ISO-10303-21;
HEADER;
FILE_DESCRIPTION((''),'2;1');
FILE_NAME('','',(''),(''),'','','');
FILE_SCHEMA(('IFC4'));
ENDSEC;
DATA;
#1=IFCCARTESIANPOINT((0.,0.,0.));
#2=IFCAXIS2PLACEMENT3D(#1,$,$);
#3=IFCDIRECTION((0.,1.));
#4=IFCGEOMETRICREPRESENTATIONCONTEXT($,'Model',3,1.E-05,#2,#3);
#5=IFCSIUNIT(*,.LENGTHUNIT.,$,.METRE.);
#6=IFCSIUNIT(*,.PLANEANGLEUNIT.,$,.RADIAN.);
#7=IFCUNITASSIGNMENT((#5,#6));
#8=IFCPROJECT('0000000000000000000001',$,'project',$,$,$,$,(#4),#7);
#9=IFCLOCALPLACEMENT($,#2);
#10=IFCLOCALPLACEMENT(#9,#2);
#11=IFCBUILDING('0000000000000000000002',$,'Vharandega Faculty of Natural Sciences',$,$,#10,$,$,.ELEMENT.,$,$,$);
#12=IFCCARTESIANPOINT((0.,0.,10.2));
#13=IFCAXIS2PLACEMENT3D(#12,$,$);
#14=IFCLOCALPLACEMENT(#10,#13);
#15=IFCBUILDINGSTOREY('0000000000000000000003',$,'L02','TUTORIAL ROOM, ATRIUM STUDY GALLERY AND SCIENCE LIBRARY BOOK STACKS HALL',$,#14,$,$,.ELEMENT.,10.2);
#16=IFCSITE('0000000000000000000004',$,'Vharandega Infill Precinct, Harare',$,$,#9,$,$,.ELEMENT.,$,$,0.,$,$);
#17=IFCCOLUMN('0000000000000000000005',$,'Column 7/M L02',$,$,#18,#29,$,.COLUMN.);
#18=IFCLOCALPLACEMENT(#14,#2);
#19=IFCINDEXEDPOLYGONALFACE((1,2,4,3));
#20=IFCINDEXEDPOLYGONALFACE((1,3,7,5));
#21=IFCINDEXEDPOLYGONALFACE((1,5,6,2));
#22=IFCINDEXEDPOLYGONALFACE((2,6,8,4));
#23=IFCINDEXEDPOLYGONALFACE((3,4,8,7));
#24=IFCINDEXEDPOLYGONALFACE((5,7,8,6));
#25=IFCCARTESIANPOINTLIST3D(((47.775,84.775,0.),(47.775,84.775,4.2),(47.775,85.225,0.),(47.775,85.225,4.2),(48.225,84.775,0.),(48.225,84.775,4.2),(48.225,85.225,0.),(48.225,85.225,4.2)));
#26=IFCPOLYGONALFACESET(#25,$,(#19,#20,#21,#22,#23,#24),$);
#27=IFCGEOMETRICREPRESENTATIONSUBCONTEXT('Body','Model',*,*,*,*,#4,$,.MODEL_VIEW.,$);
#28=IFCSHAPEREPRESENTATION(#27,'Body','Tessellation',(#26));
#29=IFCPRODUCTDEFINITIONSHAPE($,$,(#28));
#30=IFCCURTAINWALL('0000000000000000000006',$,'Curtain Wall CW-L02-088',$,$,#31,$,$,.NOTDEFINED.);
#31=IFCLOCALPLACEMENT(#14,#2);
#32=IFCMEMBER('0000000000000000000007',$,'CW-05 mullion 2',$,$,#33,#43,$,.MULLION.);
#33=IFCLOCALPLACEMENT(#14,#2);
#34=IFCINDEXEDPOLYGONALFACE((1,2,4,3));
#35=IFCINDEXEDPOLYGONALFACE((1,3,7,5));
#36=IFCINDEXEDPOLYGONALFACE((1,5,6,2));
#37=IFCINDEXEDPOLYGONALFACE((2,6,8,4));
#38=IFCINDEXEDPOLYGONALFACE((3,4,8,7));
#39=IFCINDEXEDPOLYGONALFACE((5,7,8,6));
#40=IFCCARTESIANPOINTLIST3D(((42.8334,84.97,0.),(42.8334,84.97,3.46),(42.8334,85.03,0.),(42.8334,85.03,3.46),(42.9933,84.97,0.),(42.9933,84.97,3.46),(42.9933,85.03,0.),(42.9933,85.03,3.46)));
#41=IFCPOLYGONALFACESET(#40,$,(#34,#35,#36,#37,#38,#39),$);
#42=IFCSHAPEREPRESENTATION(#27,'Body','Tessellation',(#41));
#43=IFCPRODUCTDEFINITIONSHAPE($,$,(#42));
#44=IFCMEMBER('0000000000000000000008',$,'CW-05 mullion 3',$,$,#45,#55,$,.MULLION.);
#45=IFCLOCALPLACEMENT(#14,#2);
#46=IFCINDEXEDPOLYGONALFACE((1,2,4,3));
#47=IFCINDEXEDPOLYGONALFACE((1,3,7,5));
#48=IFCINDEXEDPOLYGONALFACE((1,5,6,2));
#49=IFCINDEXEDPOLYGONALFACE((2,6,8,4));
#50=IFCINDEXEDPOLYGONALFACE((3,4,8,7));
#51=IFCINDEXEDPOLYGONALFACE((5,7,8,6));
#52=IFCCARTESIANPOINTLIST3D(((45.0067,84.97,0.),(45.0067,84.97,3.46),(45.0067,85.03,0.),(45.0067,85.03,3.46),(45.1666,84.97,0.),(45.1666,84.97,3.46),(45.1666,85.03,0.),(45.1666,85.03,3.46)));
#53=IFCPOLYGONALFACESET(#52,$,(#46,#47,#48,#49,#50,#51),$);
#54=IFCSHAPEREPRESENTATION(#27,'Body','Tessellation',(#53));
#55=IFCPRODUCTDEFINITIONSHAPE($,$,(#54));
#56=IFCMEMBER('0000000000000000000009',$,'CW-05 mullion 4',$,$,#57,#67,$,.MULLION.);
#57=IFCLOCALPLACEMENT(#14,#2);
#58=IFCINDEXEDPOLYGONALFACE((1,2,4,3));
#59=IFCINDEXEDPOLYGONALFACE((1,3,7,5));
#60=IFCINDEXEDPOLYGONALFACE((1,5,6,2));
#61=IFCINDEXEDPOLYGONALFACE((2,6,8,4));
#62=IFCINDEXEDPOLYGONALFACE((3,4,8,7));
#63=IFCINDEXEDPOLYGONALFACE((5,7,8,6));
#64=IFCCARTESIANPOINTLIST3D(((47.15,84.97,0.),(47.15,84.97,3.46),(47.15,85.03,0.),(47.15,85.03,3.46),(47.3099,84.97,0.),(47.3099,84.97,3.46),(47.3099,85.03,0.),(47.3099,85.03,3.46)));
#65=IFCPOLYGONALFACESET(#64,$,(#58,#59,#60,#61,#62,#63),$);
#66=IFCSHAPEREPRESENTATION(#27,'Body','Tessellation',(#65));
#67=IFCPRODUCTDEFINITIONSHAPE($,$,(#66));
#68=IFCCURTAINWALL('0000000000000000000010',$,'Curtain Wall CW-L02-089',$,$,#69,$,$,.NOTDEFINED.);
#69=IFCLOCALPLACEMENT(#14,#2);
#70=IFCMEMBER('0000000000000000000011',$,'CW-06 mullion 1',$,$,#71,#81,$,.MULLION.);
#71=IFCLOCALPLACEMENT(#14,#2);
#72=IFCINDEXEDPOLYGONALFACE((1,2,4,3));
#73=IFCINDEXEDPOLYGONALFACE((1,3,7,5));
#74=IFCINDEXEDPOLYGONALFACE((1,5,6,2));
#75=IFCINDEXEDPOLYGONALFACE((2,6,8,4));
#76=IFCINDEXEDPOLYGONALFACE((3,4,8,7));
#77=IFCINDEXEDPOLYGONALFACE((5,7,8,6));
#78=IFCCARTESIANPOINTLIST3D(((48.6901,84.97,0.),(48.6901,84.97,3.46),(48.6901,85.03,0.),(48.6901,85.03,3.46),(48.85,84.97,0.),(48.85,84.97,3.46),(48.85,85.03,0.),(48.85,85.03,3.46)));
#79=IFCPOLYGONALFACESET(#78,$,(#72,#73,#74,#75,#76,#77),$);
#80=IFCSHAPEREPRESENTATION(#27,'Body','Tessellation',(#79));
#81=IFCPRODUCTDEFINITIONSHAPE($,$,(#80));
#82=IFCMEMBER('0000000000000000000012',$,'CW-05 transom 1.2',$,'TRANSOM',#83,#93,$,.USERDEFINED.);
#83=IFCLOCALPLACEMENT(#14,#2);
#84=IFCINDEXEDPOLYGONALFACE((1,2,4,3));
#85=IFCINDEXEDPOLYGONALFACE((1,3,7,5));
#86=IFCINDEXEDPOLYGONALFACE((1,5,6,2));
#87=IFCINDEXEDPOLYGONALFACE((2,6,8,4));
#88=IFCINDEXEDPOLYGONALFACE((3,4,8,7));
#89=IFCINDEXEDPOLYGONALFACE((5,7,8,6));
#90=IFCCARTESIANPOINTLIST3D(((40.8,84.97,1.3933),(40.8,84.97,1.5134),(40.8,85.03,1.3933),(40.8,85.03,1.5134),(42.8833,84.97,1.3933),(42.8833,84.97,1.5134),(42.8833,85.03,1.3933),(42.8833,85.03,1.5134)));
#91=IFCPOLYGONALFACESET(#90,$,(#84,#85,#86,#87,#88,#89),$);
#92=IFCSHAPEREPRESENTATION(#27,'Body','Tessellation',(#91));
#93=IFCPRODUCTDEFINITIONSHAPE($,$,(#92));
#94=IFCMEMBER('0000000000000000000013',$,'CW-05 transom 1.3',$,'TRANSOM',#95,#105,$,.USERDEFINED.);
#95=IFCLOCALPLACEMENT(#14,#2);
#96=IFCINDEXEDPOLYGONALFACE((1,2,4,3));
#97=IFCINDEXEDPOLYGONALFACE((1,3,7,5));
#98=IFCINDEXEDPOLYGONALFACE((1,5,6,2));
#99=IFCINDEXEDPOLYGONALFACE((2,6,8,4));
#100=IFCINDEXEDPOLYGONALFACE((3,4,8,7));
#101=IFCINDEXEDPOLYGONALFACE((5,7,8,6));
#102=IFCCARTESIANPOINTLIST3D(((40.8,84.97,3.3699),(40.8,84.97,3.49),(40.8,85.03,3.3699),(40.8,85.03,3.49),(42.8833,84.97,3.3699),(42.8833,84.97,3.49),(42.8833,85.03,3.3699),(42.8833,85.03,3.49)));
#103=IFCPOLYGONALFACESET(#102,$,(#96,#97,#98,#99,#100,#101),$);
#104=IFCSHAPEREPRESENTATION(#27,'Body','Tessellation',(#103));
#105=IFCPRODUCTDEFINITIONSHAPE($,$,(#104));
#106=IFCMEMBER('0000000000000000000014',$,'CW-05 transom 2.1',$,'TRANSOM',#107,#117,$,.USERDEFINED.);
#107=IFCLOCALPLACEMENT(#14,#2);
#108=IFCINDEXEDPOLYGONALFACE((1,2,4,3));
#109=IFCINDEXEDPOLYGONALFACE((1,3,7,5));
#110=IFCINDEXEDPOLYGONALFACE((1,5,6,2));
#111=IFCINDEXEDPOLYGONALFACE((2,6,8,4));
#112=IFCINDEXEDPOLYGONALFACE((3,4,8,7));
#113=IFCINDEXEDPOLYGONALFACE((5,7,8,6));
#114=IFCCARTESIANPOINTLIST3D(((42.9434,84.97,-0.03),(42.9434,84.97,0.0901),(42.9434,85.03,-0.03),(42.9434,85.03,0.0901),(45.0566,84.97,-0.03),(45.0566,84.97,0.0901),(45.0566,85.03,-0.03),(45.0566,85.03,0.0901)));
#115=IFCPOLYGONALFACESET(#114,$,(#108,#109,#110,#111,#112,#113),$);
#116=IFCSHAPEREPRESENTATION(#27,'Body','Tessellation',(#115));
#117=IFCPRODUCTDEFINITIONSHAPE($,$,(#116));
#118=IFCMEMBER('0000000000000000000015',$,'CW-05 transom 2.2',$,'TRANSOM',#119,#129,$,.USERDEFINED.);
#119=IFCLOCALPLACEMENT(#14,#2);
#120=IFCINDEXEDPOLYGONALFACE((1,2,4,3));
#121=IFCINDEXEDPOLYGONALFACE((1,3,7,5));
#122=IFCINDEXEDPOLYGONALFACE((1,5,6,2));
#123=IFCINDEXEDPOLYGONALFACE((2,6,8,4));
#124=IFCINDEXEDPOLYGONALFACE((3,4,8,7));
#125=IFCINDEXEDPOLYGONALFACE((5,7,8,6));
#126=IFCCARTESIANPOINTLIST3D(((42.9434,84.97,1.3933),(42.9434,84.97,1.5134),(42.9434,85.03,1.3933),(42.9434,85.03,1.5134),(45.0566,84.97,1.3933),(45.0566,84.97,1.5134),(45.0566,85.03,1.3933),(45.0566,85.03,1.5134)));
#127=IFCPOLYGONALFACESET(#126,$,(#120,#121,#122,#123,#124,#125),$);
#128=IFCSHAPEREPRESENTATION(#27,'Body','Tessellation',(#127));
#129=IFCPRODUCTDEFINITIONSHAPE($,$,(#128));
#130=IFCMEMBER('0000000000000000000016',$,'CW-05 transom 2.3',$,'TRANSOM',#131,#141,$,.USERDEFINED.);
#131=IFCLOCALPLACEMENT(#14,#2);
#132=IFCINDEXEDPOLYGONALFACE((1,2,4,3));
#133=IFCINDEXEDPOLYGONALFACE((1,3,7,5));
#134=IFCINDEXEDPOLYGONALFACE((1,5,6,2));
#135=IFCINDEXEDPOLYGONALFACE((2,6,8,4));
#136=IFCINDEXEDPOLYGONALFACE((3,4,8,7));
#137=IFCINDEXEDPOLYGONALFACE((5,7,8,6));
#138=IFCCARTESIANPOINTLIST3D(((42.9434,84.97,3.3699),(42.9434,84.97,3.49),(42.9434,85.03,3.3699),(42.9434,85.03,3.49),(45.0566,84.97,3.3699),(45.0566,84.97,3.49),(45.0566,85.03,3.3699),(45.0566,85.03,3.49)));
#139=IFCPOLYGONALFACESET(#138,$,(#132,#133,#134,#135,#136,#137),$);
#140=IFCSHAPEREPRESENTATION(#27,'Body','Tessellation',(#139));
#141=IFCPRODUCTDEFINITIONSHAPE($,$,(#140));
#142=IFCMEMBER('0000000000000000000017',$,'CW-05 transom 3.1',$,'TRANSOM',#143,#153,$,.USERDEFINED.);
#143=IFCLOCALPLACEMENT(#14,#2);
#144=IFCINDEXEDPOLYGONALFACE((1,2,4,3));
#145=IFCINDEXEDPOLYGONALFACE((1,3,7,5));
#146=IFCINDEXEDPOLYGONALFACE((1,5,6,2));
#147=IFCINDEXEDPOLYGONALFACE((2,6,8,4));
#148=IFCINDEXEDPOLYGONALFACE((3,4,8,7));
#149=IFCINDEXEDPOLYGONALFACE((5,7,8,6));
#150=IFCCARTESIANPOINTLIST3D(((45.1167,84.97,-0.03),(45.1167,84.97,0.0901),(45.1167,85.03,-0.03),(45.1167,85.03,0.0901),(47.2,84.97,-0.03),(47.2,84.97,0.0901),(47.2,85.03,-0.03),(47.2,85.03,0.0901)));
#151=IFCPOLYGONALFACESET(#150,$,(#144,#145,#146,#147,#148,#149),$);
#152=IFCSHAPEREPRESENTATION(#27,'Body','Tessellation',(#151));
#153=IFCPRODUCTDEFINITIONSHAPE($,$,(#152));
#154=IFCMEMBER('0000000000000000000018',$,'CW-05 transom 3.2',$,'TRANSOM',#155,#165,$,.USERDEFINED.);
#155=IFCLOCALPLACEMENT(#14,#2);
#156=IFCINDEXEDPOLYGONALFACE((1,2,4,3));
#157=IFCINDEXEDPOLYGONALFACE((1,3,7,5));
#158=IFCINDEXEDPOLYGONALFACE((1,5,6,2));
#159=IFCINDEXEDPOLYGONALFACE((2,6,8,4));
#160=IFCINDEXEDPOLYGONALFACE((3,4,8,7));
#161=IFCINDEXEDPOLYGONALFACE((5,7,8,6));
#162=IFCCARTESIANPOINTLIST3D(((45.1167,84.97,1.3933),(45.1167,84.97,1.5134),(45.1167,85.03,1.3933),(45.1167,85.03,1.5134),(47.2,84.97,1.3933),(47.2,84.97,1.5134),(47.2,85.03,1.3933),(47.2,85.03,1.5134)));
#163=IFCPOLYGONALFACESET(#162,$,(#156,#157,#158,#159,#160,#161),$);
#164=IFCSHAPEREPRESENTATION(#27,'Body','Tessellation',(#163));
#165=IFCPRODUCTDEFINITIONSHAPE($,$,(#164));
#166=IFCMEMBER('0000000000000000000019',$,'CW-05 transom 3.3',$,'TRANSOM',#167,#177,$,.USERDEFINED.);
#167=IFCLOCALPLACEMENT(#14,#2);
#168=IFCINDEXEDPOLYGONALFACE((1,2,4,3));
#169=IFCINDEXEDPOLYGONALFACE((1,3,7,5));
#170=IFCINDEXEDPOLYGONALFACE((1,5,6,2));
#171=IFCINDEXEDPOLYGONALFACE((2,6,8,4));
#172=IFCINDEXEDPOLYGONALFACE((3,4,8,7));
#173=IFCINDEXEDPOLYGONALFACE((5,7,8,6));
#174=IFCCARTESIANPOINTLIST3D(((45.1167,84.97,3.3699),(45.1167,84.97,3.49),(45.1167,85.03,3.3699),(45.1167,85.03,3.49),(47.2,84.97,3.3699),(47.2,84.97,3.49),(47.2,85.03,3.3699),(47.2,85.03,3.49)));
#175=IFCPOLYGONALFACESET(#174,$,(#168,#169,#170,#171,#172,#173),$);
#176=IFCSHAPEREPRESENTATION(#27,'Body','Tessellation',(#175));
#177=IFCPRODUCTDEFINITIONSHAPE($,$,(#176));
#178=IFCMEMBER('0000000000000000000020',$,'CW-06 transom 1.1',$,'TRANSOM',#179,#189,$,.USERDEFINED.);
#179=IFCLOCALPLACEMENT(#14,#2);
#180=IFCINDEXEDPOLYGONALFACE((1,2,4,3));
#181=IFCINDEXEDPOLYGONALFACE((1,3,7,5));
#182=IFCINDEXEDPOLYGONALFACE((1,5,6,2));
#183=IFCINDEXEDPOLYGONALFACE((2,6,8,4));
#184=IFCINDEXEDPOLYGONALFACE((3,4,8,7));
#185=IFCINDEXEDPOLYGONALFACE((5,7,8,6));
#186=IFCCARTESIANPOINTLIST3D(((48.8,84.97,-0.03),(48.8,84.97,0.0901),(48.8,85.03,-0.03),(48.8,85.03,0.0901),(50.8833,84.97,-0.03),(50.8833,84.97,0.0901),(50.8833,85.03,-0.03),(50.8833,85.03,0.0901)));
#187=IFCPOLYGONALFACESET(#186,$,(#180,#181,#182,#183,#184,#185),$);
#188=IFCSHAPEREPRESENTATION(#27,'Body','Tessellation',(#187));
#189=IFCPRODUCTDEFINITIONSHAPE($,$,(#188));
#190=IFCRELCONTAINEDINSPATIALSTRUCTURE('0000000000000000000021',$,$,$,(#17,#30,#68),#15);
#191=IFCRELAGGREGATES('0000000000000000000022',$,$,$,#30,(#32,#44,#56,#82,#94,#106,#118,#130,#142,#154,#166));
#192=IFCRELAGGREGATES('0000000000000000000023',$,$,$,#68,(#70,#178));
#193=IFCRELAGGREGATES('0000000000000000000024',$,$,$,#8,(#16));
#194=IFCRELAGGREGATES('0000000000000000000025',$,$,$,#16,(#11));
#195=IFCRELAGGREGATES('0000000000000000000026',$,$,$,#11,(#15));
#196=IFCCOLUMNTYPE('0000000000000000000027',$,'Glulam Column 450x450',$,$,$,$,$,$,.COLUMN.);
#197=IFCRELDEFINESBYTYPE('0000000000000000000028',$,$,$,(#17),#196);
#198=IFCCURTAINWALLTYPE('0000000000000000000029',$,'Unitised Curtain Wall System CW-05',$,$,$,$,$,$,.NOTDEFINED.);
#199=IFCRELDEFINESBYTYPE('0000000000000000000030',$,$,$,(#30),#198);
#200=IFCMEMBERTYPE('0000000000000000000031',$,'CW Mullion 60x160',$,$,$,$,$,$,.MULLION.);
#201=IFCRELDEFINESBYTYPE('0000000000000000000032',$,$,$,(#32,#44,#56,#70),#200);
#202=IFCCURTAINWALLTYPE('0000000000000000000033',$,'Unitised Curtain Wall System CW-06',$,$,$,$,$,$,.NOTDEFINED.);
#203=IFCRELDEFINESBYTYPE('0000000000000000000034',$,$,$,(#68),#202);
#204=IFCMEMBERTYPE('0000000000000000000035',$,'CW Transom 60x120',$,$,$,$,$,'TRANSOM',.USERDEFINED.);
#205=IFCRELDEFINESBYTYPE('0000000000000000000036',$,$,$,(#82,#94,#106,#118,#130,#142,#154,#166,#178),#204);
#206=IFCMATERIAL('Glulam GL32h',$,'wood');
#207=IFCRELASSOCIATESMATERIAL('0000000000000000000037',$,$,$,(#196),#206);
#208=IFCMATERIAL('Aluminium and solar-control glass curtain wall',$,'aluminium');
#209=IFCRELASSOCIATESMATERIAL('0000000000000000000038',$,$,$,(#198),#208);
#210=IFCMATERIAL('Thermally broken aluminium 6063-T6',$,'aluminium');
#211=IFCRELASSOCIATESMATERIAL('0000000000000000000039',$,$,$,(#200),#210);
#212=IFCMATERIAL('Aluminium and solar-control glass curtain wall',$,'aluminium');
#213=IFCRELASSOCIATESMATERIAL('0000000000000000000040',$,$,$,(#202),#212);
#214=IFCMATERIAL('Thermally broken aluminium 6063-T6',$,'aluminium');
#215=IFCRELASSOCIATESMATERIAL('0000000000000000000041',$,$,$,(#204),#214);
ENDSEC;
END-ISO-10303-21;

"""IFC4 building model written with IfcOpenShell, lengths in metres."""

from ifc_helpers import new_model, si_unit, direction, frame, origin, origin_2d, place, context, subcontext, project, spatial, rectangle, extrude, material, material_profile, profile_set, type_object, element, aggregate, save


model = new_model("IFC4")

# Units and contexts
model_context = context("Model", 3, precision=1e-05, world=origin(), true_north=direction((0.0, 1.0)))
body_context = subcontext(model_context, "Body", "Model", "MODEL_VIEW")
ifc_project = project(units=[si_unit("LENGTHUNIT", "METRE"), si_unit("PLANEANGLEUNIT", "RADIAN")], contexts=[model_context])

# Site, building, storey
site_placement = place(None, origin())
site = spatial("IfcSite", under=ifc_project, at=site_placement, Name="Vharandega Infill Precinct, Harare", CompositionType="ELEMENT", RefElevation=0.0)
building_placement = place(site_placement, origin())
building = spatial("IfcBuilding", under=site, at=building_placement, Name="Vharandega Faculty of Natural Sciences", CompositionType="ELEMENT")
storey_placement = place(building_placement, frame((0.0, 0.0, 10.2)))
storey = spatial("IfcBuildingStorey", under=building, at=storey_placement, Name="L02", Description="TUTORIAL ROOM, ATRIUM STUDY GALLERY AND SCIENCE LIBRARY BOOK STACKS HALL", CompositionType="ELEMENT", Elevation=10.2)

# Column
ifc_material_1 = material(Name="Glulam GL32h", Category="wood")
ifc_material_profile_1 = material_profile(ifc_material_1, rectangle(XDim=0.45, YDim=0.45, at=origin_2d()), Name="GL32h 450x450")
ifc_profile_set_1 = profile_set([ifc_material_profile_1], Name="Glulam GL32h")
column_type = type_object("IfcColumnType", Name="Glulam Column 450x450", PredefinedType="COLUMN", material=ifc_profile_set_1)
column_placement = place(storey_placement, frame((48.0, 85.0, 0.0), z_axis=(0.0, 0.0, 1.0), x_axis=(1.0, 0.0, 0.0)))
element("IfcColumn", 1, at=column_placement, inside=storey, type_object=column_type, Name="Column 7/M L02", PredefinedType="COLUMN", context=body_context, shape_type="SweptSolid", body=[
    extrude(rectangle(XDim=0.45, YDim=0.45, at=origin_2d()), origin(), (0.0, 0.0, 1.0), 4.2),
])

# Curtain wall, members
ifc_material_2 = material(Name="Aluminium and solar-control glass curtain wall", Category="aluminium")
curtain_wall_type_1 = type_object("IfcCurtainWallType", Name="Unitised Curtain Wall System CW-05", PredefinedType="NOTDEFINED", material=ifc_material_2)
curtain_wall_1_placement = place(storey_placement, origin())
curtain_wall_1 = element("IfcCurtainWall", 2, at=curtain_wall_1_placement, inside=storey, type_object=curtain_wall_type_1, Name="Curtain Wall CW-L02-088", PredefinedType="NOTDEFINED")
ifc_material_3 = material(Name="Thermally broken aluminium 6063-T6", Category="aluminium")
ifc_material_profile_2 = material_profile(ifc_material_3, rectangle(XDim=0.0601, YDim=0.1599, at=origin_2d()), Name="ALU 60x160")
ifc_profile_set_2 = profile_set([ifc_material_profile_2], Name="Thermally broken aluminium 6063-T6")
member_type_1 = type_object("IfcMemberType", Name="CW Mullion 60x160", PredefinedType="MULLION", material=ifc_profile_set_2)
member_1_placement = place(storey_placement, frame((42.9133, 85.0, 0.0), z_axis=(0.0, 0.0, 1.0), x_axis=(0.0, 1.0, 0.0)))
member_1 = element("IfcMember", 3, at=member_1_placement, type_object=member_type_1, Name="CW-05 mullion 2", PredefinedType="MULLION", context=body_context, shape_type="SweptSolid", body=[
    extrude(rectangle(XDim=0.0601, YDim=0.1599, at=origin_2d()), origin(), (0.0, 0.0, 1.0), 3.46),
])
member_2_placement = place(storey_placement, frame((45.0867, 85.0, 0.0), z_axis=(0.0, 0.0, 1.0), x_axis=(0.0, 1.0, 0.0)))
member_2 = element("IfcMember", 4, at=member_2_placement, type_object=member_type_1, Name="CW-05 mullion 3", PredefinedType="MULLION", context=body_context, shape_type="SweptSolid", body=[
    extrude(rectangle(XDim=0.0601, YDim=0.1599, at=origin_2d()), origin(), (0.0, 0.0, 1.0), 3.46),
])
member_3_placement = place(storey_placement, frame((47.23, 85.0, 0.0), z_axis=(0.0, 0.0, 1.0), x_axis=(0.0, 1.0, 0.0)))
member_3 = element("IfcMember", 5, at=member_3_placement, type_object=member_type_1, Name="CW-05 mullion 4", PredefinedType="MULLION", context=body_context, shape_type="SweptSolid", body=[
    extrude(rectangle(XDim=0.0601, YDim=0.1599, at=origin_2d()), origin(), (0.0, 0.0, 1.0), 3.46),
])

# Curtain wall, member
ifc_material_4 = material(Name="Aluminium and solar-control glass curtain wall", Category="aluminium")
curtain_wall_type_2 = type_object("IfcCurtainWallType", Name="Unitised Curtain Wall System CW-06", PredefinedType="NOTDEFINED", material=ifc_material_4)
curtain_wall_2_placement = place(storey_placement, origin())
curtain_wall_2 = element("IfcCurtainWall", 6, at=curtain_wall_2_placement, inside=storey, type_object=curtain_wall_type_2, Name="Curtain Wall CW-L02-089", PredefinedType="NOTDEFINED")
member_4_placement = place(storey_placement, frame((48.77, 85.0, 0.0), z_axis=(0.0, 0.0, 1.0), x_axis=(0.0, 1.0, 0.0)))
member_4 = element("IfcMember", 7, at=member_4_placement, type_object=member_type_1, Name="CW-06 mullion 1", PredefinedType="MULLION", context=body_context, shape_type="SweptSolid", body=[
    extrude(rectangle(XDim=0.0601, YDim=0.1599, at=origin_2d()), origin(), (0.0, 0.0, 1.0), 3.46),
])

# Members
ifc_material_5 = material(Name="Thermally broken aluminium 6063-T6", Category="aluminium")
ifc_material_profile_3 = material_profile(ifc_material_5, rectangle(XDim=0.0601, YDim=0.1201, at=origin_2d()), Name="ALU 60x120")
ifc_profile_set_3 = profile_set([ifc_material_profile_3], Name="Thermally broken aluminium 6063-T6")
member_type_2 = type_object("IfcMemberType", Name="CW Transom 60x120", ElementType="TRANSOM", PredefinedType="USERDEFINED", material=ifc_profile_set_3)
member_5_placement = place(storey_placement, frame((40.8, 85.0, 1.4534), z_axis=(1.0, 0.0, 0.0), x_axis=(0.0, 1.0, 0.0)))
member_5 = element("IfcMember", 8, at=member_5_placement, type_object=member_type_2, Name="CW-05 transom 1.2", ObjectType="TRANSOM", PredefinedType="USERDEFINED", context=body_context, shape_type="SweptSolid", body=[
    extrude(rectangle(XDim=0.0601, YDim=0.1201, at=origin_2d()), origin(), (0.0, 0.0, 1.0), 2.0833),
])
member_6_placement = place(storey_placement, frame((40.8, 85.0, 3.4299), z_axis=(1.0, 0.0, 0.0), x_axis=(0.0, 1.0, 0.0)))
member_6 = element("IfcMember", 9, at=member_6_placement, type_object=member_type_2, Name="CW-05 transom 1.3", ObjectType="TRANSOM", PredefinedType="USERDEFINED", context=body_context, shape_type="SweptSolid", body=[
    extrude(rectangle(XDim=0.0601, YDim=0.1201, at=origin_2d()), origin(), (0.0, 0.0, 1.0), 2.0833),
])
member_7_placement = place(storey_placement, frame((42.9434, 85.0, 0.03), z_axis=(1.0, 0.0, 0.0), x_axis=(0.0, 1.0, 0.0)))
member_7 = element("IfcMember", 10, at=member_7_placement, type_object=member_type_2, Name="CW-05 transom 2.1", ObjectType="TRANSOM", PredefinedType="USERDEFINED", context=body_context, shape_type="SweptSolid", body=[
    extrude(rectangle(XDim=0.0601, YDim=0.1201, at=origin_2d()), origin(), (0.0, 0.0, 1.0), 2.1133),
])
member_8_placement = place(storey_placement, frame((42.9434, 85.0, 1.4534), z_axis=(1.0, 0.0, 0.0), x_axis=(0.0, 1.0, 0.0)))
member_8 = element("IfcMember", 11, at=member_8_placement, type_object=member_type_2, Name="CW-05 transom 2.2", ObjectType="TRANSOM", PredefinedType="USERDEFINED", context=body_context, shape_type="SweptSolid", body=[
    extrude(rectangle(XDim=0.0601, YDim=0.1201, at=origin_2d()), origin(), (0.0, 0.0, 1.0), 2.1133),
])
member_9_placement = place(storey_placement, frame((42.9434, 85.0, 3.4299), z_axis=(1.0, 0.0, 0.0), x_axis=(0.0, 1.0, 0.0)))
member_9 = element("IfcMember", 12, at=member_9_placement, type_object=member_type_2, Name="CW-05 transom 2.3", ObjectType="TRANSOM", PredefinedType="USERDEFINED", context=body_context, shape_type="SweptSolid", body=[
    extrude(rectangle(XDim=0.0601, YDim=0.1201, at=origin_2d()), origin(), (0.0, 0.0, 1.0), 2.1133),
])
member_10_placement = place(storey_placement, frame((45.1167, 85.0, 0.03), z_axis=(1.0, 0.0, 0.0), x_axis=(0.0, 1.0, 0.0)))
member_10 = element("IfcMember", 13, at=member_10_placement, type_object=member_type_2, Name="CW-05 transom 3.1", ObjectType="TRANSOM", PredefinedType="USERDEFINED", context=body_context, shape_type="SweptSolid", body=[
    extrude(rectangle(XDim=0.0601, YDim=0.1201, at=origin_2d()), origin(), (0.0, 0.0, 1.0), 2.0833),
])
member_11_placement = place(storey_placement, frame((45.1167, 85.0, 1.4534), z_axis=(1.0, 0.0, 0.0), x_axis=(0.0, 1.0, 0.0)))
member_11 = element("IfcMember", 14, at=member_11_placement, type_object=member_type_2, Name="CW-05 transom 3.2", ObjectType="TRANSOM", PredefinedType="USERDEFINED", context=body_context, shape_type="SweptSolid", body=[
    extrude(rectangle(XDim=0.0601, YDim=0.1201, at=origin_2d()), origin(), (0.0, 0.0, 1.0), 2.0833),
])
member_12_placement = place(storey_placement, frame((45.1167, 85.0, 3.4299), z_axis=(1.0, 0.0, 0.0), x_axis=(0.0, 1.0, 0.0)))
member_12 = element("IfcMember", 15, at=member_12_placement, type_object=member_type_2, Name="CW-05 transom 3.3", ObjectType="TRANSOM", PredefinedType="USERDEFINED", context=body_context, shape_type="SweptSolid", body=[
    extrude(rectangle(XDim=0.0601, YDim=0.1201, at=origin_2d()), origin(), (0.0, 0.0, 1.0), 2.0833),
])
member_13_placement = place(storey_placement, frame((48.8, 85.0, 0.03), z_axis=(1.0, 0.0, 0.0), x_axis=(0.0, 1.0, 0.0)))
member_13 = element("IfcMember", 16, at=member_13_placement, type_object=member_type_2, Name="CW-06 transom 1.1", ObjectType="TRANSOM", PredefinedType="USERDEFINED", context=body_context, shape_type="SweptSolid", body=[
    extrude(rectangle(XDim=0.0601, YDim=0.1201, at=origin_2d()), origin(), (0.0, 0.0, 1.0), 2.0833),
])

aggregate(curtain_wall_1, [member_1, member_2, member_3, member_5, member_6, member_7, member_8, member_9, member_10, member_11, member_12])
aggregate(curtain_wall_2, [member_4, member_13])

save(model, "model.ifc")
